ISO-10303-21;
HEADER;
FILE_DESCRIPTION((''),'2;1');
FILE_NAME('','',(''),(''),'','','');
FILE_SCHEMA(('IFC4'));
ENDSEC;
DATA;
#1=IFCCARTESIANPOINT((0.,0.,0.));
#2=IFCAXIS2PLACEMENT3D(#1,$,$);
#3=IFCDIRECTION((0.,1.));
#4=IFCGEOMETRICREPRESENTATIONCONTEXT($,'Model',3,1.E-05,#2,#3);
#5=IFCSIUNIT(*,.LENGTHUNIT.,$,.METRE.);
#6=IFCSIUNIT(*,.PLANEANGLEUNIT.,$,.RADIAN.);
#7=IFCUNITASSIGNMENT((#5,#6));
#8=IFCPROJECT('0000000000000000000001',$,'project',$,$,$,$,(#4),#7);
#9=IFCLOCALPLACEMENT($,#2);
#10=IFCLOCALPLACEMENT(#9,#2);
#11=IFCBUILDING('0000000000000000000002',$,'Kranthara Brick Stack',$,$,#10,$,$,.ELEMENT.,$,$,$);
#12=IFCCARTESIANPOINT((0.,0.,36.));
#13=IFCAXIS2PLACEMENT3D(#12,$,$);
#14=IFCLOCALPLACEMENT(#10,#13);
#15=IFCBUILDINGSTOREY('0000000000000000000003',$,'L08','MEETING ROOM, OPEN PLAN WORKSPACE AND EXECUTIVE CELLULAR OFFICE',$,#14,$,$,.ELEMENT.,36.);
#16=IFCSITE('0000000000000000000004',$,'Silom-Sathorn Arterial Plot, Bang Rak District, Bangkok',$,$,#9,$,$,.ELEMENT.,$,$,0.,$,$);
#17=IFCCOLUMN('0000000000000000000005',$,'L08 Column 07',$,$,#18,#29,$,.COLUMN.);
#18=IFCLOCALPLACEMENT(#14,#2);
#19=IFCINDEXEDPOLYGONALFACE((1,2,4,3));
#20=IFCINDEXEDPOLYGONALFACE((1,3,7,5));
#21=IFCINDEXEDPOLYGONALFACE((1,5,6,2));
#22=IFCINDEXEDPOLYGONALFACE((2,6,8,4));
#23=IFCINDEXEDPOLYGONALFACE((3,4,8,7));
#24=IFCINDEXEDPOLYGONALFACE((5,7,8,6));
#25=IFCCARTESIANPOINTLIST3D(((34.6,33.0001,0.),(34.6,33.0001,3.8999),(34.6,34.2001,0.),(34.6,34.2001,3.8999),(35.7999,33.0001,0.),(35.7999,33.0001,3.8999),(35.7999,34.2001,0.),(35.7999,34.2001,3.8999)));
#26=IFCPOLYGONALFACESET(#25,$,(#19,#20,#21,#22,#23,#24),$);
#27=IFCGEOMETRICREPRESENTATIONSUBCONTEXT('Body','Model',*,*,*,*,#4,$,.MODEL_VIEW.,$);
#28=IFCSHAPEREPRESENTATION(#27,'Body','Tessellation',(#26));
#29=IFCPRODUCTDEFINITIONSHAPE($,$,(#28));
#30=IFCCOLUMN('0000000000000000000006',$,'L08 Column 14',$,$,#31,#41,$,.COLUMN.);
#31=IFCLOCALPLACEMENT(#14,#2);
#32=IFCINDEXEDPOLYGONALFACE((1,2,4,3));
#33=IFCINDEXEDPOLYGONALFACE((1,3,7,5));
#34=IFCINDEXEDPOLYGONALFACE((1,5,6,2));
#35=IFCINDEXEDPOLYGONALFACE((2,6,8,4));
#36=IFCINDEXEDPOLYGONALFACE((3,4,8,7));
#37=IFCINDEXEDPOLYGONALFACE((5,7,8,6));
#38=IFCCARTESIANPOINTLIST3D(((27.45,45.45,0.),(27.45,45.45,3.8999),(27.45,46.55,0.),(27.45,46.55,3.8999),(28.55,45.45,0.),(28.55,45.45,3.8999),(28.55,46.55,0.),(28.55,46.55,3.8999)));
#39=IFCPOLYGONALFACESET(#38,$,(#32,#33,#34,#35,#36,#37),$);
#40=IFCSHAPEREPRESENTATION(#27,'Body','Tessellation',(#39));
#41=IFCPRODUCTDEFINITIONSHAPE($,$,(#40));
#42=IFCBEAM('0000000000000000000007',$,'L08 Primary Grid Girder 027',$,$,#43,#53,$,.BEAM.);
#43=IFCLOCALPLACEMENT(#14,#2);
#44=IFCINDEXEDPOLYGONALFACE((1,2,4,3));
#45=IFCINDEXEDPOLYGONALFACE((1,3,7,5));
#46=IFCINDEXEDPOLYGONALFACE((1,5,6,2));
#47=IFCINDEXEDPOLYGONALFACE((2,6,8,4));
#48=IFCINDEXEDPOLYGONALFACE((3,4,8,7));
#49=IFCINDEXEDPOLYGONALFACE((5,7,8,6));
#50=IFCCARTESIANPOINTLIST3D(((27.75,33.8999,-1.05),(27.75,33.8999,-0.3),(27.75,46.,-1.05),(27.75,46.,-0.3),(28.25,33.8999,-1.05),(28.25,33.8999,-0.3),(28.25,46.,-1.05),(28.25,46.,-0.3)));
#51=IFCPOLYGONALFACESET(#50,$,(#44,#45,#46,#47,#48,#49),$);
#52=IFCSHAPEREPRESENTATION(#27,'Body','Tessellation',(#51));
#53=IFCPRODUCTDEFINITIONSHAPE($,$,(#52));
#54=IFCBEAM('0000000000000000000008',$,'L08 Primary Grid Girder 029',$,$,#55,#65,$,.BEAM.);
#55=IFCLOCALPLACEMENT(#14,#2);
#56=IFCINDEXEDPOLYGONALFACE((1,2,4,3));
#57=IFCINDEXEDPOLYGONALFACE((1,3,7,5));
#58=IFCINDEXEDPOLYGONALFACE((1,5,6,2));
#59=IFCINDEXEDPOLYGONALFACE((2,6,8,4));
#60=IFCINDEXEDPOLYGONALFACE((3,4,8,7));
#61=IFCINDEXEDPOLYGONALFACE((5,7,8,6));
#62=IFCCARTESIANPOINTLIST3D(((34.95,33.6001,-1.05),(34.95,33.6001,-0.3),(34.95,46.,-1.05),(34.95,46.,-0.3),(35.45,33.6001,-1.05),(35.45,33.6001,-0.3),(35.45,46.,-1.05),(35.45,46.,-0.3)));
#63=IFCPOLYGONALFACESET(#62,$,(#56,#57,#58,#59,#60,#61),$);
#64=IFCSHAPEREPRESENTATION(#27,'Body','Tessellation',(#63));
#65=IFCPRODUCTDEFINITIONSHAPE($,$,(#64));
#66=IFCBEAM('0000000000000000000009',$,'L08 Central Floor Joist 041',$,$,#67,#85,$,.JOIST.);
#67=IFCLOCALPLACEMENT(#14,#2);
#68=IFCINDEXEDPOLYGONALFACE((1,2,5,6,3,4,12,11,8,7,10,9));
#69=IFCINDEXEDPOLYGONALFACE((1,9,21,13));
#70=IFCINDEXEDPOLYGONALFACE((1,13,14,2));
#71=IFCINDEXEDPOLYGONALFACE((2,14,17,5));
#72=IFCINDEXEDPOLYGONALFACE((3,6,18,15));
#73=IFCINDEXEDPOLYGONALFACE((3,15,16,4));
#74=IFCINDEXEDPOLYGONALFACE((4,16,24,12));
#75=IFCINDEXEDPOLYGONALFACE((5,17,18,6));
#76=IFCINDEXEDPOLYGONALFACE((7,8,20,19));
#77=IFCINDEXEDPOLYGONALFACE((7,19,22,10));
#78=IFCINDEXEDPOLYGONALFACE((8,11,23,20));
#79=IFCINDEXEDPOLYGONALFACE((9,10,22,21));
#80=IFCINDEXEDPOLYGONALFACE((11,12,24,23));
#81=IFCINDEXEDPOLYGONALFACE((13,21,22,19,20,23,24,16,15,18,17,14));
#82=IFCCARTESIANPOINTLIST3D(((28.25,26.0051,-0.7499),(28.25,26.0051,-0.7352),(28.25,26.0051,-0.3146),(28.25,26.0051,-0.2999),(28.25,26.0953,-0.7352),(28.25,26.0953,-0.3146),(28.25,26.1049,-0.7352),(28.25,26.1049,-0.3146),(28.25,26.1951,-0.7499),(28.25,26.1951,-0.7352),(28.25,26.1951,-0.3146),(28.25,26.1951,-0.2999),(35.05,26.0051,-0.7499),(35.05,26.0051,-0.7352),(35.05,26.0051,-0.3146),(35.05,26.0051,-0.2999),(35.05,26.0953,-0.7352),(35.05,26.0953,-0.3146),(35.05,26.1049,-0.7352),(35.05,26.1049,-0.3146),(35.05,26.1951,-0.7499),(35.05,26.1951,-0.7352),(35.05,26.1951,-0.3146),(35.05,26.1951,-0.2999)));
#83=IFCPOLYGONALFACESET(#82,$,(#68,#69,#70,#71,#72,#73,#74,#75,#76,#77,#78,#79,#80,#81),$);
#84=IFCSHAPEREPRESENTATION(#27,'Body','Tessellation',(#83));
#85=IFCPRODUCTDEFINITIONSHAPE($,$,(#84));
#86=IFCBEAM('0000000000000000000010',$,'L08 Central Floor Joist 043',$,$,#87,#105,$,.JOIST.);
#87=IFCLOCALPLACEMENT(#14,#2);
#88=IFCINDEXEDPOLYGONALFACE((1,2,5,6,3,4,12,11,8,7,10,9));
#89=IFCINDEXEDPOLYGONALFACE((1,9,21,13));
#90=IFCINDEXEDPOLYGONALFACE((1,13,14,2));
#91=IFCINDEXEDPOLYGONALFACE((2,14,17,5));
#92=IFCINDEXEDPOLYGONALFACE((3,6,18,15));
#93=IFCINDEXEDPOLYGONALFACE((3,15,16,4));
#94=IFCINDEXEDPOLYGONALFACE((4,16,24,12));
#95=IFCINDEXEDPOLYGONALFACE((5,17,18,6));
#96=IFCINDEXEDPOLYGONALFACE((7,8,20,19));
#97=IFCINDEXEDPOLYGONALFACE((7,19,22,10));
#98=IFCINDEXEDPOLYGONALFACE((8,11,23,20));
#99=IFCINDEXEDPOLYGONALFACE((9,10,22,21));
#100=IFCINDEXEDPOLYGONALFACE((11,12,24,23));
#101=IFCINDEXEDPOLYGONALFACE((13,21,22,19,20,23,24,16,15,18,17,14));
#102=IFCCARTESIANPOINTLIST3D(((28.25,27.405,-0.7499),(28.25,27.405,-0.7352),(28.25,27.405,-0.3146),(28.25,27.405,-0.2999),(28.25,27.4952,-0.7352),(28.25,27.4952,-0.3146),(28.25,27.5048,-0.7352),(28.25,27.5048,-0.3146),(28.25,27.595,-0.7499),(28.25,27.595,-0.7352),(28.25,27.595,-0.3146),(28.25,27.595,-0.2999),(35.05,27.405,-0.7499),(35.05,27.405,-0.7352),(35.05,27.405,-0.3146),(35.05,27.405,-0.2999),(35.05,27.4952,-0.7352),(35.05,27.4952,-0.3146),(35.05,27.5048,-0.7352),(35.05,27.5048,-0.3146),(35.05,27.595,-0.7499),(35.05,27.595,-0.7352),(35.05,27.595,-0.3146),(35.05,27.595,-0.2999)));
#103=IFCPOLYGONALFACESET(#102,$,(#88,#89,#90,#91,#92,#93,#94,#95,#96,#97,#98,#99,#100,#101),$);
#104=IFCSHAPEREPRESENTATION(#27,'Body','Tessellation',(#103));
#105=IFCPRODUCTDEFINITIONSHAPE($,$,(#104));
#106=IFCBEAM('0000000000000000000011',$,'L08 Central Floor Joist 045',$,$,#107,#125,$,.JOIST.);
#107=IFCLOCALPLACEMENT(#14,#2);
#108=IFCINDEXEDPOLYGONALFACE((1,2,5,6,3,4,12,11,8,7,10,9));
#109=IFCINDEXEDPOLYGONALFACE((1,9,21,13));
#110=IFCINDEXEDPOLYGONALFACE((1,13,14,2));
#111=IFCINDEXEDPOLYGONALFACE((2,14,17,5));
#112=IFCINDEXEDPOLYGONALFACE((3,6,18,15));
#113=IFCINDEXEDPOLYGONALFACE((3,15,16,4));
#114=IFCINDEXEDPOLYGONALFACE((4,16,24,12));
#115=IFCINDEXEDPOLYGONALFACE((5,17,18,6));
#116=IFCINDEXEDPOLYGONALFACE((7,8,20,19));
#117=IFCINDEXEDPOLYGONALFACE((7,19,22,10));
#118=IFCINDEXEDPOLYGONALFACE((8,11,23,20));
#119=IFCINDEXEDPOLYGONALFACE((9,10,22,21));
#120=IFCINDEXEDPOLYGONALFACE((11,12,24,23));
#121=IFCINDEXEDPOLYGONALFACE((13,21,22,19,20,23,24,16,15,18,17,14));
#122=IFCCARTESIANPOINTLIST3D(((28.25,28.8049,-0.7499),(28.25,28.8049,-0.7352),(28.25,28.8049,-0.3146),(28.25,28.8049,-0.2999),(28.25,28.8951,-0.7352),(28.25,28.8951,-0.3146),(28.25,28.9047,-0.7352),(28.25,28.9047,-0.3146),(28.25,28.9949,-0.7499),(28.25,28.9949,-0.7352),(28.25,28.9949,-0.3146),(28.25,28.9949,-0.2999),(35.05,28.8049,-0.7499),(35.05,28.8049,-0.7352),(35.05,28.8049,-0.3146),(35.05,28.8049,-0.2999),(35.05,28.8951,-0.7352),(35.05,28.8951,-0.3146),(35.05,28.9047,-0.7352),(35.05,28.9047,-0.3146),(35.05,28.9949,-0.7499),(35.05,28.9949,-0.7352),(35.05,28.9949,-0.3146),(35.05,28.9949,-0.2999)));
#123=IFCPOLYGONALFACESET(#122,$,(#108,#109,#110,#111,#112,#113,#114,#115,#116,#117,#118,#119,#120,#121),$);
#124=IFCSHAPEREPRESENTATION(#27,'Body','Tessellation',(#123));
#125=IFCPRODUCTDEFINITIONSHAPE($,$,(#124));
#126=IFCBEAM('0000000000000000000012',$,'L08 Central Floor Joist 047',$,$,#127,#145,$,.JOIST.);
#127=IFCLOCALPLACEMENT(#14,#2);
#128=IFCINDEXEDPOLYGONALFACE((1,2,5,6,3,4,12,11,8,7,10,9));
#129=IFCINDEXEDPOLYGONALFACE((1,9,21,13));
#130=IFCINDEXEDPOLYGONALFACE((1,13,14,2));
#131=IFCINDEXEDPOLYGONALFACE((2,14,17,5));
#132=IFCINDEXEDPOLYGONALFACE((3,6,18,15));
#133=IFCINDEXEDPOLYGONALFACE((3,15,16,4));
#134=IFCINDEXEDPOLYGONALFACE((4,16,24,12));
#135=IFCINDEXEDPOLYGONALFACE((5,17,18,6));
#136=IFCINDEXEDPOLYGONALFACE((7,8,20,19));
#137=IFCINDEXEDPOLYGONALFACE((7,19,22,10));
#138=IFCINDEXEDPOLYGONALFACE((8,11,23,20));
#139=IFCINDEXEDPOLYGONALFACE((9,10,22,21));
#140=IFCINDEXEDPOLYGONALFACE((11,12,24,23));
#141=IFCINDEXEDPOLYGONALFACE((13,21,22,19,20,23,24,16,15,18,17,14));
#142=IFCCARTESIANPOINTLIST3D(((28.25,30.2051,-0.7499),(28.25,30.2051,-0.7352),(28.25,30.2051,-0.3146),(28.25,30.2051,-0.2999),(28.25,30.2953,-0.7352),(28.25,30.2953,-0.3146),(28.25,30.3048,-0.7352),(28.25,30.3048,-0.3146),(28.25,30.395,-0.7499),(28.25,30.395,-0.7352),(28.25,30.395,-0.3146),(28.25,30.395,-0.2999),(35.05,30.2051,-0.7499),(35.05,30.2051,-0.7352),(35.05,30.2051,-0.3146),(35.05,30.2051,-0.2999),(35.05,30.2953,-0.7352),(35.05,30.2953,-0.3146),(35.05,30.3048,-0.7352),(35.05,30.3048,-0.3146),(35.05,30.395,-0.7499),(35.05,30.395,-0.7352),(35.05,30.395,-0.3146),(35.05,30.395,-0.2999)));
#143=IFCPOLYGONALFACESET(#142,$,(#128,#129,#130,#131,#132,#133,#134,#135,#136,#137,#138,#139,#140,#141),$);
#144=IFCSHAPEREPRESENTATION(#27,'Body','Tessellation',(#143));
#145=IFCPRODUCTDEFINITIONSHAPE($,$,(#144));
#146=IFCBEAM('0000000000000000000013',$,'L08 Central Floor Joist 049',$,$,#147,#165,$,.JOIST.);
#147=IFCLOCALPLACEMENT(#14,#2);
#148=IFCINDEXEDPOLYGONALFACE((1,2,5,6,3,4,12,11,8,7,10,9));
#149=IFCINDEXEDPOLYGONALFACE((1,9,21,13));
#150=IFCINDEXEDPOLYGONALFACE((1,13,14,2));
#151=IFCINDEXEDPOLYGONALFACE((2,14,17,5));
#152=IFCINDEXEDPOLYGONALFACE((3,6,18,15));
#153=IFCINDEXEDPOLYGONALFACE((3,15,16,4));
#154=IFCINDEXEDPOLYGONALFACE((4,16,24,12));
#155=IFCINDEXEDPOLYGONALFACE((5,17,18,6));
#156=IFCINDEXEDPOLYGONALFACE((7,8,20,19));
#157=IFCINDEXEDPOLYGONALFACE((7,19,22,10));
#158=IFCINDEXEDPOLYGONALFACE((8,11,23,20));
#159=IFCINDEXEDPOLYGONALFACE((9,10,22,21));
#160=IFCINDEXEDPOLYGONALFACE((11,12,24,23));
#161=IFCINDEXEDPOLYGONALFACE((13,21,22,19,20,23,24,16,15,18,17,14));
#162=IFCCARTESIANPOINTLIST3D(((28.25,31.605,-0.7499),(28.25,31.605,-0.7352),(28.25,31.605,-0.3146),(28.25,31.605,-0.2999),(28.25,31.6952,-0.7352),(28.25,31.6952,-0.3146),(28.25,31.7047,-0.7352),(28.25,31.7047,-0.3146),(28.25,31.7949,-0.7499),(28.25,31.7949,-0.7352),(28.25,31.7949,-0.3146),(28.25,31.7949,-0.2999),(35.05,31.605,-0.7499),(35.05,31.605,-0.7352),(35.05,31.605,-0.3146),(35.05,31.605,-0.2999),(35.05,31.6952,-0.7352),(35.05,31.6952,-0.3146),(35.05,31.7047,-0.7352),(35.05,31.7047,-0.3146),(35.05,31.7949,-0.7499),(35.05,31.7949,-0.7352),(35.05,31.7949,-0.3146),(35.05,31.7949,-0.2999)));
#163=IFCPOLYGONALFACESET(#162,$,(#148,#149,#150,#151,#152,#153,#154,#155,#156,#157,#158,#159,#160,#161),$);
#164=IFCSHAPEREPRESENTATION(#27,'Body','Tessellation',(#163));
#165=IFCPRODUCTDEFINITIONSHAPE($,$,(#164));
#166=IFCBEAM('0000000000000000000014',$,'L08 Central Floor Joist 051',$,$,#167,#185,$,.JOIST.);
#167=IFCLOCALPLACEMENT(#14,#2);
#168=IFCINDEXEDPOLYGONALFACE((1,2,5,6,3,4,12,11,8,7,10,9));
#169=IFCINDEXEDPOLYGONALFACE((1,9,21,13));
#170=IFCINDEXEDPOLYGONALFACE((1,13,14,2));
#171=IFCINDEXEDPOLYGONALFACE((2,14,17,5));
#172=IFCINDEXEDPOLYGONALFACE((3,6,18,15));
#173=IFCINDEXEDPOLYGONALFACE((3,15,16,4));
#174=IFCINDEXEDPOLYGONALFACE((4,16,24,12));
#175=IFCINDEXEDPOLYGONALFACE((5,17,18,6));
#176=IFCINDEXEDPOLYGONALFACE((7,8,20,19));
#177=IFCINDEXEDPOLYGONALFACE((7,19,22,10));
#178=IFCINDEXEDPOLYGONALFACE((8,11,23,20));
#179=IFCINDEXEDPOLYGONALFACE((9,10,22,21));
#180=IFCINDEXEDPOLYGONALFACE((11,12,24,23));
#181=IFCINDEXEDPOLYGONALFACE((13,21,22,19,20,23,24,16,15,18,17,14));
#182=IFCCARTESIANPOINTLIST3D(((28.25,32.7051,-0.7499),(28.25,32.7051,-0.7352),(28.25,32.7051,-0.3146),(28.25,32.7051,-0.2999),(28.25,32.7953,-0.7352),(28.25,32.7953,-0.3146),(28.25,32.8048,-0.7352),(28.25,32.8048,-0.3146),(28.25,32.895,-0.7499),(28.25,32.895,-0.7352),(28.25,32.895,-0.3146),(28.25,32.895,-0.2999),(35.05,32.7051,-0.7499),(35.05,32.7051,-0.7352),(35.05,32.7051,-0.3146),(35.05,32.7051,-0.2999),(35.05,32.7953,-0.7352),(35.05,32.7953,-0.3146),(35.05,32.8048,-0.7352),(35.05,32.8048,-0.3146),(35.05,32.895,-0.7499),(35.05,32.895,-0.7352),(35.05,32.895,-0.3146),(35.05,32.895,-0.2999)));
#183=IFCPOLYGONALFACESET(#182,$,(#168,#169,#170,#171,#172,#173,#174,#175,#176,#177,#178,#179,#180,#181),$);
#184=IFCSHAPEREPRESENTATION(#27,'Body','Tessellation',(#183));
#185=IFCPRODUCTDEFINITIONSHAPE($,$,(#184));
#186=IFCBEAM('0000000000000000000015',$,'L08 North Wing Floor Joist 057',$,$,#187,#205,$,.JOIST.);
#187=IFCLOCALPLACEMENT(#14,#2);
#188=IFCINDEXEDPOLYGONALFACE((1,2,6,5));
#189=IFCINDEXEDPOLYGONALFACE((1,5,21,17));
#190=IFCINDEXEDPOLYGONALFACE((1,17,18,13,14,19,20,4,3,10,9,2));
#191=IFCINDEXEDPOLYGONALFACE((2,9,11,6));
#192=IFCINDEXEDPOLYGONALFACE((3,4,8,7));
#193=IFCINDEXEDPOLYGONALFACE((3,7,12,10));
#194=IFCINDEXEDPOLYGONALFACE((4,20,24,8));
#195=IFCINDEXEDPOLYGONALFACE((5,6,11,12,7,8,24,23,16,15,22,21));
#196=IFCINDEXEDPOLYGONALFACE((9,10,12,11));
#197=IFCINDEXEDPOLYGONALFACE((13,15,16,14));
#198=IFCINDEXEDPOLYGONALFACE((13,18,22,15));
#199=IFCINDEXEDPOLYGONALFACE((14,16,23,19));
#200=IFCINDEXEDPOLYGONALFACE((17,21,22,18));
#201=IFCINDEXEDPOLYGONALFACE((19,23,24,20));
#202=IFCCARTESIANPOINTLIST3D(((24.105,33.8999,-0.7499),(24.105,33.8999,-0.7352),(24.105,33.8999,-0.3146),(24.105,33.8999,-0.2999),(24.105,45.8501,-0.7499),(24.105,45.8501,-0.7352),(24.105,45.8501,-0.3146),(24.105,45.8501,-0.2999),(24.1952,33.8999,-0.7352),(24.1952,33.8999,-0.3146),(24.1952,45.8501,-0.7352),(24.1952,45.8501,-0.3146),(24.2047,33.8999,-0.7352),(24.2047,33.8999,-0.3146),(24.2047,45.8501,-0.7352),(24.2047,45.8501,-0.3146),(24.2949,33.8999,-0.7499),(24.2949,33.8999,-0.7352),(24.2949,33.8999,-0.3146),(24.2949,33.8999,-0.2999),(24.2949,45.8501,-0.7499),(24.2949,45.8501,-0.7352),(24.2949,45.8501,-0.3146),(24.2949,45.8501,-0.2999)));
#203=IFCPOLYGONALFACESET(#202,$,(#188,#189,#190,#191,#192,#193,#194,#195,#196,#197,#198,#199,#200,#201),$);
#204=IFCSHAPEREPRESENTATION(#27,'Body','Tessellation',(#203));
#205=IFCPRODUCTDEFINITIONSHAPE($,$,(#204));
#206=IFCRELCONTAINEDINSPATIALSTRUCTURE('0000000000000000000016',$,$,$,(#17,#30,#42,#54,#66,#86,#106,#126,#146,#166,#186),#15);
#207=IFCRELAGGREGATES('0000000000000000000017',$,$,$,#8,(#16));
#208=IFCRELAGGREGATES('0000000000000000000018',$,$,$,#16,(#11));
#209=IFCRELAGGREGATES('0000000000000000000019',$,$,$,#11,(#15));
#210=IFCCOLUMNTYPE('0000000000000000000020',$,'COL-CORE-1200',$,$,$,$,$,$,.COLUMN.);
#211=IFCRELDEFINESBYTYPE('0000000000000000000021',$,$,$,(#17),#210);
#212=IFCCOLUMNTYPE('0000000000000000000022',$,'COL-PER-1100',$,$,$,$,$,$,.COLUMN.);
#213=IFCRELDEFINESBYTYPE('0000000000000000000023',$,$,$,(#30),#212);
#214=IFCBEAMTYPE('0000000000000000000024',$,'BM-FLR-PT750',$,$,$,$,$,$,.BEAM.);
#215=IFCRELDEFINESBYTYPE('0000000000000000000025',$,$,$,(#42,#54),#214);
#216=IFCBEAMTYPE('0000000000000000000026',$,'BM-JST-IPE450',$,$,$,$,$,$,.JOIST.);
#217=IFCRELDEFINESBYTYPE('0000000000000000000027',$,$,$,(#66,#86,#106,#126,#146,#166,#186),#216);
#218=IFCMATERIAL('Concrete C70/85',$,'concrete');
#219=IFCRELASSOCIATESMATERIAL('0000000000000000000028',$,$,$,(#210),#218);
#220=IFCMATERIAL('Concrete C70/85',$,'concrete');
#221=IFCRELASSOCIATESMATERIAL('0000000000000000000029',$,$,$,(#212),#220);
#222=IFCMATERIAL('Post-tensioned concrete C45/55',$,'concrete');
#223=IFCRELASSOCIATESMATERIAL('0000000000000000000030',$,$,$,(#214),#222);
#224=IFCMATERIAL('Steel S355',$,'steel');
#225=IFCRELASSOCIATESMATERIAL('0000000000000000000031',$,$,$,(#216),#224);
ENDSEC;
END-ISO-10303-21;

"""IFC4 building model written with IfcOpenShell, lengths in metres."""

from ifc_helpers import new_model, si_unit, direction, frame, origin, origin_2d, place, context, subcontext, project, spatial, rectangle, i_section, extrude, material, material_profile, profile_set, type_object, element, save


model = new_model("IFC4")

# Units and contexts
model_context = context("Model", 3, precision=1e-05, world=origin(), true_north=direction((0.0, 1.0)))
body_context = subcontext(model_context, "Body", "Model", "MODEL_VIEW")
ifc_project = project(units=[si_unit("LENGTHUNIT", "METRE"), si_unit("PLANEANGLEUNIT", "RADIAN")], contexts=[model_context])

# Site, building, storey
site_placement = place(None, origin())
site = spatial("IfcSite", under=ifc_project, at=site_placement, Name="Silom-Sathorn Arterial Plot, Bang Rak District, Bangkok", CompositionType="ELEMENT", RefElevation=0.0)
building_placement = place(site_placement, origin())
building = spatial("IfcBuilding", under=site, at=building_placement, Name="Kranthara Brick Stack", CompositionType="ELEMENT")
storey_placement = place(building_placement, frame((0.0, 0.0, 36.0)))
storey = spatial("IfcBuildingStorey", under=building, at=storey_placement, Name="L08", Description="MEETING ROOM, OPEN PLAN WORKSPACE AND EXECUTIVE CELLULAR OFFICE", CompositionType="ELEMENT", Elevation=36.0)

# Columns
ifc_material_1 = material(Name="Concrete C70/85", Category="concrete")
ifc_material_profile_1 = material_profile(ifc_material_1, rectangle(XDim=1.2, YDim=1.2, at=origin_2d()), Name="RC 1200x1200")
ifc_profile_set_1 = profile_set([ifc_material_profile_1], Name="Concrete C70/85")
column_type_1 = type_object("IfcColumnType", Name="COL-CORE-1200", PredefinedType="COLUMN", material=ifc_profile_set_1)
column_1_placement = place(storey_placement, frame((35.2, 33.6001, 0.0), z_axis=(0.0, 0.0, 1.0), x_axis=(1.0, 0.0, 0.0)))
element("IfcColumn", 1, at=column_1_placement, inside=storey, type_object=column_type_1, Name="L08 Column 07", PredefinedType="COLUMN", context=body_context, shape_type="SweptSolid", body=[
    extrude(rectangle(XDim=1.2, YDim=1.2, at=origin_2d()), origin(), (0.0, 0.0, 1.0), 3.8999),
])
ifc_material_2 = material(Name="Concrete C70/85", Category="concrete")
ifc_material_profile_2 = material_profile(ifc_material_2, rectangle(XDim=1.1001, YDim=1.1001, at=origin_2d()), Name="RC 1100x1100")
ifc_profile_set_2 = profile_set([ifc_material_profile_2], Name="Concrete C70/85")
column_type_2 = type_object("IfcColumnType", Name="COL-PER-1100", PredefinedType="COLUMN", material=ifc_profile_set_2)
column_2_placement = place(storey_placement, frame((28.0, 46.0, 0.0), z_axis=(0.0, 0.0, 1.0), x_axis=(1.0, 0.0, 0.0)))
element("IfcColumn", 2, at=column_2_placement, inside=storey, type_object=column_type_2, Name="L08 Column 14", PredefinedType="COLUMN", context=body_context, shape_type="SweptSolid", body=[
    extrude(rectangle(XDim=1.1001, YDim=1.1001, at=origin_2d()), origin(), (0.0, 0.0, 1.0), 3.8999),
])

# Beams
ifc_material_3 = material(Name="Post-tensioned concrete C45/55", Category="concrete")
ifc_material_profile_3 = material_profile(ifc_material_3, rectangle(XDim=0.5, YDim=0.75, at=origin_2d()), Name="PT 500x750")
ifc_profile_set_3 = profile_set([ifc_material_profile_3], Name="Post-tensioned concrete C45/55")
beam_type_1 = type_object("IfcBeamType", Name="BM-FLR-PT750", PredefinedType="BEAM", material=ifc_profile_set_3)
beam_1_placement = place(storey_placement, frame((28.0, 33.8999, -0.675), z_axis=(0.0, 1.0, 0.0), x_axis=(-1.0, 0.0, 0.0)))
element("IfcBeam", 3, at=beam_1_placement, inside=storey, type_object=beam_type_1, Name="L08 Primary Grid Girder 027", PredefinedType="BEAM", context=body_context, shape_type="SweptSolid", body=[
    extrude(rectangle(XDim=0.5, YDim=0.75, at=origin_2d()), origin(), (0.0, 0.0, 1.0), 12.1001),
])
beam_2_placement = place(storey_placement, frame((35.2, 33.6001, -0.675), z_axis=(0.0, 1.0, 0.0), x_axis=(-1.0, 0.0, 0.0)))
element("IfcBeam", 4, at=beam_2_placement, inside=storey, type_object=beam_type_1, Name="L08 Primary Grid Girder 029", PredefinedType="BEAM", context=body_context, shape_type="SweptSolid", body=[
    extrude(rectangle(XDim=0.5, YDim=0.75, at=origin_2d()), origin(), (0.0, 0.0, 1.0), 12.3999),
])
ifc_material_4 = material(Name="Steel S355", Category="steel")
ifc_material_profile_4 = material_profile(ifc_material_4, i_section(OverallWidth=0.1899, OverallDepth=0.45, WebThickness=0.0095, FlangeThickness=0.0146, at=origin_2d()), Name="IPE 450")
ifc_profile_set_4 = profile_set([ifc_material_profile_4], Name="Steel S355")
beam_type_2 = type_object("IfcBeamType", Name="BM-JST-IPE450", PredefinedType="JOIST", material=ifc_profile_set_4)
for number, where, z_axis, x_axis, name in (
    (5, (28.25, 26.1001, -0.5249), (1.0, 0.0, 0.0), (0.0, 1.0, 0.0), "L08 Central Floor Joist 041"),
    (6, (28.25, 27.5, -0.5249), (1.0, 0.0, 0.0), (0.0, 1.0, 0.0), "L08 Central Floor Joist 043"),
    (7, (28.25, 28.8999, -0.5249), (1.0, 0.0, 0.0), (0.0, 1.0, 0.0), "L08 Central Floor Joist 045"),
    (8, (28.25, 30.3, -0.5249), (1.0, 0.0, 0.0), (0.0, 1.0, 0.0), "L08 Central Floor Joist 047"),
    (9, (28.25, 31.7, -0.5249), (1.0, 0.0, 0.0), (0.0, 1.0, 0.0), "L08 Central Floor Joist 049"),
    (10, (28.25, 32.8, -0.5249), (1.0, 0.0, 0.0), (0.0, 1.0, 0.0), "L08 Central Floor Joist 051"),
):
    element("IfcBeam", number, at=place(storey_placement, frame(where, z_axis=z_axis, x_axis=x_axis)), inside=storey, type_object=beam_type_2, Name=name, PredefinedType="JOIST", context=body_context, shape_type="SweptSolid", body=[
        extrude(i_section(OverallWidth=0.1899, OverallDepth=0.45, WebThickness=0.0095, FlangeThickness=0.0146, at=origin_2d()), origin(), (0.0, 0.0, 1.0), 6.8),
    ])
for number, where, z_axis, x_axis, name in (
    (11, (24.2, 33.8999, -0.5249), (0.0, 1.0, 0.0), (-1.0, 0.0, 0.0), "L08 North Wing Floor Joist 057"),
):
    element("IfcBeam", number, at=place(storey_placement, frame(where, z_axis=z_axis, x_axis=x_axis)), inside=storey, type_object=beam_type_2, Name=name, PredefinedType="JOIST", context=body_context, shape_type="SweptSolid", body=[
        extrude(i_section(OverallWidth=0.1899, OverallDepth=0.45, WebThickness=0.0095, FlangeThickness=0.0146, at=origin_2d()), origin(), (0.0, 0.0, 1.0), 11.9502),
    ])

save(model, "model.ifc")
